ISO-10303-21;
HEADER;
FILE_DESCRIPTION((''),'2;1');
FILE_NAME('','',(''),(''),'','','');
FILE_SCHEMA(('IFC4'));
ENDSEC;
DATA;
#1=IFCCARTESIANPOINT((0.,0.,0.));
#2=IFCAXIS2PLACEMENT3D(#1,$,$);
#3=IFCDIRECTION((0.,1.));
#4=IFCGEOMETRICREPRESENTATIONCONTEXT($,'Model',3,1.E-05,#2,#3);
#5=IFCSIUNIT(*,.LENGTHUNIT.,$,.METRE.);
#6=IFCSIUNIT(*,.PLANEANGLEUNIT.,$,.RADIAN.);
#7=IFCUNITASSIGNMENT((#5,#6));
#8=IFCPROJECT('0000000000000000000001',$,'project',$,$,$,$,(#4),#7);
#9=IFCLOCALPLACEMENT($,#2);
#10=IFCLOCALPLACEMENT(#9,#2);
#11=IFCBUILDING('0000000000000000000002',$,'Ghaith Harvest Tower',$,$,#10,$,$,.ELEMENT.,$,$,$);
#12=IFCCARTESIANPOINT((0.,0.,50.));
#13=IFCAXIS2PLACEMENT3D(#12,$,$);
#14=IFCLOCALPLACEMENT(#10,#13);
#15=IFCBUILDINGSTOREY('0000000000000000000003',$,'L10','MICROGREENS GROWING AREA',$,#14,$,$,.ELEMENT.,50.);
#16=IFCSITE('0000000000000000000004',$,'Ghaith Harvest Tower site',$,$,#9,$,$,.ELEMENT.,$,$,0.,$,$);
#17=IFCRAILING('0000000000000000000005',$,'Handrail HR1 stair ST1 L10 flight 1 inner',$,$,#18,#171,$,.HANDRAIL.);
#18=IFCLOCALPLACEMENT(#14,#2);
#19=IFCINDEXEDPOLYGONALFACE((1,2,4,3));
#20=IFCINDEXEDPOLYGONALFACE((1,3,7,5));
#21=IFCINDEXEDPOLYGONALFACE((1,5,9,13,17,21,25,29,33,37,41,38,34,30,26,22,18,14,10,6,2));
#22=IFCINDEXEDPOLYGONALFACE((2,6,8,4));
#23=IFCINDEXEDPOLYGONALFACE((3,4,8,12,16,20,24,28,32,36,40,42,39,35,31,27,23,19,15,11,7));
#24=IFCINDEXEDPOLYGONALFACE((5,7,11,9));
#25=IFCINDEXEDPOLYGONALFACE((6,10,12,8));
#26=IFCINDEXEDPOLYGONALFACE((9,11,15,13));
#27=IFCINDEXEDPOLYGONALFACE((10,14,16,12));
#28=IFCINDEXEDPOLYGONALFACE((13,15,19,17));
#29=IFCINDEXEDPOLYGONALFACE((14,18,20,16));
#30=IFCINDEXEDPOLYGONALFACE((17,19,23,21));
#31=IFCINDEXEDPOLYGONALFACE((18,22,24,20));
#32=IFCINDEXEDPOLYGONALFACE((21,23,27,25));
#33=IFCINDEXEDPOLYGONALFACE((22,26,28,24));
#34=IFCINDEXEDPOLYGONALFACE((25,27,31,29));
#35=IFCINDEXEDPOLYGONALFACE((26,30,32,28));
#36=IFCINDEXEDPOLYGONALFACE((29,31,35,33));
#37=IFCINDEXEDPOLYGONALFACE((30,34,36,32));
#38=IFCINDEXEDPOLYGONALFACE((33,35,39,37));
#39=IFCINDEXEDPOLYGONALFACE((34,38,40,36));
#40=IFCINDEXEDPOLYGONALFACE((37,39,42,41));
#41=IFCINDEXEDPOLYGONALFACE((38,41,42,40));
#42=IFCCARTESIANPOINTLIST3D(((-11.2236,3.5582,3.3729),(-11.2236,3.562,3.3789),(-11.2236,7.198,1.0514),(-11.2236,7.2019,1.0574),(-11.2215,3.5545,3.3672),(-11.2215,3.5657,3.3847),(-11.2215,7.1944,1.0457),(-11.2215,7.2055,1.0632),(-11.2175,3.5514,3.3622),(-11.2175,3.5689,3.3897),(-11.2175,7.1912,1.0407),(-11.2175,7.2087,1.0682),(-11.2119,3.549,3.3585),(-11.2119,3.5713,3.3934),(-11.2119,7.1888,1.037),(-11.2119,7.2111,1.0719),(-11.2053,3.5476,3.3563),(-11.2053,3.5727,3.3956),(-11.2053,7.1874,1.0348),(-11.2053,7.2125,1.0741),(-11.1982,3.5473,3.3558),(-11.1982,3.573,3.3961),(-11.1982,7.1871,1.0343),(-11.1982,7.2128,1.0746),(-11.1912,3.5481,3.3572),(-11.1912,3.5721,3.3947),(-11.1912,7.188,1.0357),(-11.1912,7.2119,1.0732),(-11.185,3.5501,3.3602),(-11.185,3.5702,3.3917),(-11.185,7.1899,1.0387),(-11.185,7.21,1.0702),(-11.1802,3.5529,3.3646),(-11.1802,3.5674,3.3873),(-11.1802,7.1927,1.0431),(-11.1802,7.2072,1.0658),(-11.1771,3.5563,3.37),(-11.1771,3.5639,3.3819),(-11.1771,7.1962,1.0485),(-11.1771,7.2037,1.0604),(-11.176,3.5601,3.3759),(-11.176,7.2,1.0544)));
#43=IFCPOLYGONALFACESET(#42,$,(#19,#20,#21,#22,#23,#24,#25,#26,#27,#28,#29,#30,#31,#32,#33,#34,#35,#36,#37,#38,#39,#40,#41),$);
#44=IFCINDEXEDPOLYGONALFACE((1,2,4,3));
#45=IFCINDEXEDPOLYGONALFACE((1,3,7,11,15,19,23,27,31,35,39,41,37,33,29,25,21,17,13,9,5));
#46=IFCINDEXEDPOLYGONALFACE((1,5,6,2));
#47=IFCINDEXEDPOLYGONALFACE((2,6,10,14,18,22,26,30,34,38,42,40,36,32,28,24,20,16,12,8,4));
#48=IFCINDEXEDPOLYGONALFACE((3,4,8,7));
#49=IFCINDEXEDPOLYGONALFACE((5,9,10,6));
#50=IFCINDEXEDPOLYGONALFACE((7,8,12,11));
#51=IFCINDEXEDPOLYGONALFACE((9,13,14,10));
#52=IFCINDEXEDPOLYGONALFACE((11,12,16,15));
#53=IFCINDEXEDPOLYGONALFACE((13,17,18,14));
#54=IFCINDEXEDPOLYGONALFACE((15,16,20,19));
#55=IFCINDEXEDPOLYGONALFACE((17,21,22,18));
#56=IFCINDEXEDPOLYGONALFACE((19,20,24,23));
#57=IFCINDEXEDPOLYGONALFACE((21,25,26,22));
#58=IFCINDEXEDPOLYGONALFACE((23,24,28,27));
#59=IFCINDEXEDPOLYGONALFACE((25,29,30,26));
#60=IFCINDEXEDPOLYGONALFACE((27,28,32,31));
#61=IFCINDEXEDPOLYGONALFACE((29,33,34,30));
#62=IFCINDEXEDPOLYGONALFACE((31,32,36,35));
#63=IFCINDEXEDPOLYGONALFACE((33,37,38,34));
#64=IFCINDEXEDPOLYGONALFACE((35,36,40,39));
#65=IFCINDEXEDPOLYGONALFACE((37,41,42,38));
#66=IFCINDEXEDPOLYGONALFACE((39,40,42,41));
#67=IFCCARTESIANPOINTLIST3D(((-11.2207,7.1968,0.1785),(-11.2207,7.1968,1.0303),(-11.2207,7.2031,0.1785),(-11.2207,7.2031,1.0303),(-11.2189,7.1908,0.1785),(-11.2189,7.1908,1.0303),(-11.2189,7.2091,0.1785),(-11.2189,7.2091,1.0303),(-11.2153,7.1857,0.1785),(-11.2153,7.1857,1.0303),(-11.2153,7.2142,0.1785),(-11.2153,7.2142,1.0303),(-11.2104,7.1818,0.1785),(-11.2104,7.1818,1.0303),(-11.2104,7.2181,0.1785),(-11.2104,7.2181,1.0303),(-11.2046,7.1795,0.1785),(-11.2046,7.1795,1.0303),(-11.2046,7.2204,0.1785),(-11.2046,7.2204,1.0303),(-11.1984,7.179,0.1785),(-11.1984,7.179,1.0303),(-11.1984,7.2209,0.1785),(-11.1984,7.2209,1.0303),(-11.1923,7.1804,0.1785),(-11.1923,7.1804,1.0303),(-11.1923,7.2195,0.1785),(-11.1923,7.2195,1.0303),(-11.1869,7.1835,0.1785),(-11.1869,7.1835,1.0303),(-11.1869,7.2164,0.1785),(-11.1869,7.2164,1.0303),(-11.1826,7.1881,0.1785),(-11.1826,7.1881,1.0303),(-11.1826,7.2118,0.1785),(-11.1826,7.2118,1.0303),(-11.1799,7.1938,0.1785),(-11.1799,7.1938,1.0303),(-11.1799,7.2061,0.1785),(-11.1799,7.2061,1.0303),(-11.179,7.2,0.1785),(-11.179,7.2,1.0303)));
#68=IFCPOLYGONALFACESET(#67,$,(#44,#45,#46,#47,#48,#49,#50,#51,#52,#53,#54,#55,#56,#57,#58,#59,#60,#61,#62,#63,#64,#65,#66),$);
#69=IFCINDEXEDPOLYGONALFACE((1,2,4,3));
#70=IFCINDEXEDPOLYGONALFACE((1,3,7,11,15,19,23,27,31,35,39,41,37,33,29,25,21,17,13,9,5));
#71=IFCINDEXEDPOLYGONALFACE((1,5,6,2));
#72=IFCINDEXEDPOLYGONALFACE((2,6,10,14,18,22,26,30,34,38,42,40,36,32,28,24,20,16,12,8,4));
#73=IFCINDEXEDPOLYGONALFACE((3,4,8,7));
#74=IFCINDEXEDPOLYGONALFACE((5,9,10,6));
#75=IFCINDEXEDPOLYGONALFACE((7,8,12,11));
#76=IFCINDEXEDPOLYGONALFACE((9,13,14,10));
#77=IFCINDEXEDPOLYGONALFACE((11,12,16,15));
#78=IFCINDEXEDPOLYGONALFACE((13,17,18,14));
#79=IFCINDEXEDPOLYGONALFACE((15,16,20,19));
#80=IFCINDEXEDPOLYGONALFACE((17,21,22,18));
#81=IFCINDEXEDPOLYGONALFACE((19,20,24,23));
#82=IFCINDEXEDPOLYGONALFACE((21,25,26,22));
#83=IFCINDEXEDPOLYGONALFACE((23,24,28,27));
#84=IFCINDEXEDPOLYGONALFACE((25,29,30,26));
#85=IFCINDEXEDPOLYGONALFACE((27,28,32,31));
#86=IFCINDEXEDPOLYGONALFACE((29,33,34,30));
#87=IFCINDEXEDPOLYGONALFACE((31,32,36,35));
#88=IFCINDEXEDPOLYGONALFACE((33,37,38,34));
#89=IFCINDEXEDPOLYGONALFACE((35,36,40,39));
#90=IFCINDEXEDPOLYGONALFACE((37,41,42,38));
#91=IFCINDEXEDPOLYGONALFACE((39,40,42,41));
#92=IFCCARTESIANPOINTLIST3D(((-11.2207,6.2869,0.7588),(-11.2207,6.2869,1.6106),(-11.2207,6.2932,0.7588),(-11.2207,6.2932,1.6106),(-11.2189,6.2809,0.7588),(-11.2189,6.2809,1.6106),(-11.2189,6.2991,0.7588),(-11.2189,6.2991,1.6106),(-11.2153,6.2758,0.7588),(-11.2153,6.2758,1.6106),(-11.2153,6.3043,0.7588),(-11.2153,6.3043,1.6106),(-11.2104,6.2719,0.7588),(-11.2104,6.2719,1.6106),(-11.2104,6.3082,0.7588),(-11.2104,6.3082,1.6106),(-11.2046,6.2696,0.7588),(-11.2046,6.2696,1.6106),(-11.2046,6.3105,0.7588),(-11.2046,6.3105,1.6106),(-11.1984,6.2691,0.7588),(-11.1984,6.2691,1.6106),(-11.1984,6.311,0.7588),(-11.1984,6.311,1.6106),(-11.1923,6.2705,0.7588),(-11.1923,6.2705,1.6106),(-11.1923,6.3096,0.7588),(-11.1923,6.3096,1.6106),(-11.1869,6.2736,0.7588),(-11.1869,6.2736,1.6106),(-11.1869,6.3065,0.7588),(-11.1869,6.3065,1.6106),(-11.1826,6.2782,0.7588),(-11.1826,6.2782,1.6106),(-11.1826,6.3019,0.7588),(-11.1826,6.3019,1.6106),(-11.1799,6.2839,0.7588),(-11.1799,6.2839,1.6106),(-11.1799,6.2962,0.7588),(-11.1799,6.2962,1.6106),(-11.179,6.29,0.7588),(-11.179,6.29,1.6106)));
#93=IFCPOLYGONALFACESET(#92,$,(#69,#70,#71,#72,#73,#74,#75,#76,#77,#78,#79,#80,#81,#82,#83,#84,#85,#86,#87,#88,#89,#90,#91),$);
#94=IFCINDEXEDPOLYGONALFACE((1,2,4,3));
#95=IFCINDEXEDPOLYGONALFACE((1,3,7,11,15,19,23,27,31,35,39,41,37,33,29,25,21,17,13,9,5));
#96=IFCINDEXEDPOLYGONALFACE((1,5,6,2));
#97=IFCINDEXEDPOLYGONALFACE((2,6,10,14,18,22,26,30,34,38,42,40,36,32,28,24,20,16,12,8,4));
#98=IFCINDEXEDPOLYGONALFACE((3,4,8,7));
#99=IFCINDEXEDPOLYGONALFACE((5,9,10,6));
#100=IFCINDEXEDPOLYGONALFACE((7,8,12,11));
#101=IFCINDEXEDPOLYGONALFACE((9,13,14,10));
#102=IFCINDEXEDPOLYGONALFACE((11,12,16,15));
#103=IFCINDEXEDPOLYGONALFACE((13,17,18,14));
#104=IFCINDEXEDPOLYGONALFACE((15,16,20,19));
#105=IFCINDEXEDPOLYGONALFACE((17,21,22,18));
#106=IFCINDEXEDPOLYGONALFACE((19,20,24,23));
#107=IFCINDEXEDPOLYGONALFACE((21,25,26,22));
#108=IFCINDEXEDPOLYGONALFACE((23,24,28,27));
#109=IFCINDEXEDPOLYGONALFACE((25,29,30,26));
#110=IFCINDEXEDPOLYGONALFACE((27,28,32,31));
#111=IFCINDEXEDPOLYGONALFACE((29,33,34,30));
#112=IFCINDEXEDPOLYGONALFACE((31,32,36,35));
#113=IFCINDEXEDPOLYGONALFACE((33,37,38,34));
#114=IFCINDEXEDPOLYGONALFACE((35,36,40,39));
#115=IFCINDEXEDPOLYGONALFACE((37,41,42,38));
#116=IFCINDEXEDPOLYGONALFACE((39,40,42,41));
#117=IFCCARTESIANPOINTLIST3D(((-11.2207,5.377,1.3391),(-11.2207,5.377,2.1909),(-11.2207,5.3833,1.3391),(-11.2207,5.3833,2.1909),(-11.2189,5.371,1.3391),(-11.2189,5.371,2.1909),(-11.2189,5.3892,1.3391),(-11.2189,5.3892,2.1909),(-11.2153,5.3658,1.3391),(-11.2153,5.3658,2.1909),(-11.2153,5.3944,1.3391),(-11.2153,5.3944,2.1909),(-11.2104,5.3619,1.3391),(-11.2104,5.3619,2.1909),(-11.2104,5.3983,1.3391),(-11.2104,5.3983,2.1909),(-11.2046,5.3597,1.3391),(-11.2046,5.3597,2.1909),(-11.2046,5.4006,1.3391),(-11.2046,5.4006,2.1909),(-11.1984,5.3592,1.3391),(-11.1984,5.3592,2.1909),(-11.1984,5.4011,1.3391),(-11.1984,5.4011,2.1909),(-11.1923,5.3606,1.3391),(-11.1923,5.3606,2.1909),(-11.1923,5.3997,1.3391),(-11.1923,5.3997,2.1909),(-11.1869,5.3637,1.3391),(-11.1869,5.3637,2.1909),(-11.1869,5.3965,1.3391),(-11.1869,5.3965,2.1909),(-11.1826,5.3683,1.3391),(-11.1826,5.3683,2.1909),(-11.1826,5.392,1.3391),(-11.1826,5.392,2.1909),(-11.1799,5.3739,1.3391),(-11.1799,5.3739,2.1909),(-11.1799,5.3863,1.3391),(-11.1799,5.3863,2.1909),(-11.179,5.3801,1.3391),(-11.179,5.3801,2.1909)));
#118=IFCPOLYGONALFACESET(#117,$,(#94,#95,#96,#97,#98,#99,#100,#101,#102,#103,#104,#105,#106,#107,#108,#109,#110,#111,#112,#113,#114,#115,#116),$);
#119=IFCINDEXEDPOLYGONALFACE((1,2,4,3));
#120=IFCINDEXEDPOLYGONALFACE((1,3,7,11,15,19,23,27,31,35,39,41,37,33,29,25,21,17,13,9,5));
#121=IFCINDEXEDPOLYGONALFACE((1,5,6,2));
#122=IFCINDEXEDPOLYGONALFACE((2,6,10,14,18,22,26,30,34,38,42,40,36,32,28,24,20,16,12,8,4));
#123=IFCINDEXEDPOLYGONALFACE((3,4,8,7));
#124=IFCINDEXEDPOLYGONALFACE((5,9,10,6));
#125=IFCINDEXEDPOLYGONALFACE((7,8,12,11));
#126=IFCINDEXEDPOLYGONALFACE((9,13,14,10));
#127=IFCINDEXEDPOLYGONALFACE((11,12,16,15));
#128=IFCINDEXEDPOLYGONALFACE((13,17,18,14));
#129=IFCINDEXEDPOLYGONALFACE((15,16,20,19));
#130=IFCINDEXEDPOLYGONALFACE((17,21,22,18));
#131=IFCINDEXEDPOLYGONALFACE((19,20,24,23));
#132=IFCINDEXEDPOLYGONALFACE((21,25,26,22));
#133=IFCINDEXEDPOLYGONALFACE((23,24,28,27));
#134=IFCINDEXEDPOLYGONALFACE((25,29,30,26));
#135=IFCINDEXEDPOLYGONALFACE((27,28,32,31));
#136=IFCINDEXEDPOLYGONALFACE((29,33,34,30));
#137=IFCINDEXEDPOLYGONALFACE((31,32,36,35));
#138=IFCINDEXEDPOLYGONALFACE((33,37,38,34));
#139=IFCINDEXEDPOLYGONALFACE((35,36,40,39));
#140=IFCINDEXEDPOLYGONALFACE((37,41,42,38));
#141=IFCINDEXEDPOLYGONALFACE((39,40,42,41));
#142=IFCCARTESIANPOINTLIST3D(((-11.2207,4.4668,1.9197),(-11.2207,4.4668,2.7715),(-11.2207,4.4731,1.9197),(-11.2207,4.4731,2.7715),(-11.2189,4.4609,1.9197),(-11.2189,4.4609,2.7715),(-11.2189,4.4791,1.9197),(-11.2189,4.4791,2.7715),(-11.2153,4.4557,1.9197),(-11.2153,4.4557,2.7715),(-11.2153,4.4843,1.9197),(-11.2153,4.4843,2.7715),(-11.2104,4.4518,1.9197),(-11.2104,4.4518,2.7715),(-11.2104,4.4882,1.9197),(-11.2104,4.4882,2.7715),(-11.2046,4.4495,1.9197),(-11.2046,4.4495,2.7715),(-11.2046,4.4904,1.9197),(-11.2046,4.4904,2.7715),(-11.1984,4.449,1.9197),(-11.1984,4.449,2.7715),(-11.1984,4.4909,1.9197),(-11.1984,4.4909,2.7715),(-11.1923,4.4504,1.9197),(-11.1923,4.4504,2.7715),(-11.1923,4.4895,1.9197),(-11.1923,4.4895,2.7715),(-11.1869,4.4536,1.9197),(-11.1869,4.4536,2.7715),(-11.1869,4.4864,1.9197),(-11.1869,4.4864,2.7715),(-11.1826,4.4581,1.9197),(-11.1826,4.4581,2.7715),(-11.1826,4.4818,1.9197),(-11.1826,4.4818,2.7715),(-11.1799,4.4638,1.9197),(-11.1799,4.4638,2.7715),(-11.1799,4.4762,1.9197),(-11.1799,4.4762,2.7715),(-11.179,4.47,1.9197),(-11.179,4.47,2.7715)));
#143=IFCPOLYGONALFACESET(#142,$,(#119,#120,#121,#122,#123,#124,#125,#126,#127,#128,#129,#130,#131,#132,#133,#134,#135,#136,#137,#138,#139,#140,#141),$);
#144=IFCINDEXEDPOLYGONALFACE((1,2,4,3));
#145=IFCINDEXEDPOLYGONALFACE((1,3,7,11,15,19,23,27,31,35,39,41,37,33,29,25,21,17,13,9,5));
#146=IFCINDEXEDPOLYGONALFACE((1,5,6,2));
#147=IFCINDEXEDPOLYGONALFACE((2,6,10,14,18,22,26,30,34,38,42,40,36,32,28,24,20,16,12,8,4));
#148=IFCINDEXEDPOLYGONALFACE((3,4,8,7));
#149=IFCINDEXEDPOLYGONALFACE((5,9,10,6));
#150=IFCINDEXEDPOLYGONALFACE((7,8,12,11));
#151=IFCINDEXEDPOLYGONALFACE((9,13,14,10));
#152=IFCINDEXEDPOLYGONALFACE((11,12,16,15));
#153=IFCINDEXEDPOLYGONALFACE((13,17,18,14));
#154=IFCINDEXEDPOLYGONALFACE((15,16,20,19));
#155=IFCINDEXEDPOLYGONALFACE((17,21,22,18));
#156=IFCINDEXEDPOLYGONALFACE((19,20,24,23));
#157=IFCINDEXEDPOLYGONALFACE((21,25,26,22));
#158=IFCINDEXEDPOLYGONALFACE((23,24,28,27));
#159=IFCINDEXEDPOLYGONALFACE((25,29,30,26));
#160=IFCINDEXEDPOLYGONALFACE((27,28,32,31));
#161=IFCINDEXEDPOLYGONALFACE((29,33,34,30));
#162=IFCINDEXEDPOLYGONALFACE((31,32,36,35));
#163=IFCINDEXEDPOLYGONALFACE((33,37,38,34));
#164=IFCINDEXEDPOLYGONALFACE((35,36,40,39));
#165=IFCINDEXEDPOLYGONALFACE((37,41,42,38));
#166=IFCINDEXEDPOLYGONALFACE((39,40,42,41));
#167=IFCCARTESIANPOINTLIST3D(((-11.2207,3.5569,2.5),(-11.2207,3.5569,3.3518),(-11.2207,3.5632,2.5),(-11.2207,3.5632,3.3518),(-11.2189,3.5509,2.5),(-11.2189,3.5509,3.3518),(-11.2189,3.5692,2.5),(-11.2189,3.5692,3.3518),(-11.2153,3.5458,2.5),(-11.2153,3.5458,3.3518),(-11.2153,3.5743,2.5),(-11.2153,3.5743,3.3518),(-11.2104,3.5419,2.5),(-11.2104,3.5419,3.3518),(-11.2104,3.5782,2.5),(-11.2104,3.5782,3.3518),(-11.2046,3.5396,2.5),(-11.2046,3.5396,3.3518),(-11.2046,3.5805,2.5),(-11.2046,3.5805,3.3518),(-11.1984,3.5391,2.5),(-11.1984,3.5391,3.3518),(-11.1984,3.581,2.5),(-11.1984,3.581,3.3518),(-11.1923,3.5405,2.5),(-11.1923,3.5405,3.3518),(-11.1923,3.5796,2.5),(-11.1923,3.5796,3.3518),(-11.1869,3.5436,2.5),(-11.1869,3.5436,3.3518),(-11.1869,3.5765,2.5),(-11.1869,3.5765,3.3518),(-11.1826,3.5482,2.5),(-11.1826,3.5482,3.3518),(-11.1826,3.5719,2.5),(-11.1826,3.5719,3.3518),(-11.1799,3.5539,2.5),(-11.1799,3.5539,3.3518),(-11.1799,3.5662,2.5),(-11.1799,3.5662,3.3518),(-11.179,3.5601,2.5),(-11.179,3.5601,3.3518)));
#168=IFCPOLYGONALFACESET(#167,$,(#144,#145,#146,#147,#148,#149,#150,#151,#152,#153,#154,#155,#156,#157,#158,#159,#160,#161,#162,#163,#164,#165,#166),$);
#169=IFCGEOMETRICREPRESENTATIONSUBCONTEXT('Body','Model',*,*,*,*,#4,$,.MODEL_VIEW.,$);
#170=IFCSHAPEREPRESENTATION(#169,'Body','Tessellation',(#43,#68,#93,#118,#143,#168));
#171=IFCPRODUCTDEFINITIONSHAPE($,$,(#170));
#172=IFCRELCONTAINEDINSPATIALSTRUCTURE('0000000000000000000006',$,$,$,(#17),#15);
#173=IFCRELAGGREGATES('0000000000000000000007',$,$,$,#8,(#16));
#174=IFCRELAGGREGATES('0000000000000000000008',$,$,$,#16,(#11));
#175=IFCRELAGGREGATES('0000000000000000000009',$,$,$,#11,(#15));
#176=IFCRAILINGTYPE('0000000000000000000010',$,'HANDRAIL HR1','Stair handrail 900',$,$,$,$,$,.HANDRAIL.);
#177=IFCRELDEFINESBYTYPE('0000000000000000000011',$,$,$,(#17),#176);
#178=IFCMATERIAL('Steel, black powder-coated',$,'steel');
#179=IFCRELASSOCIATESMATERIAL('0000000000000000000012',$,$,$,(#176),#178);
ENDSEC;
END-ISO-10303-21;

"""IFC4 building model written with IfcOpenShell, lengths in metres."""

from ifc_helpers import new_model, si_unit, direction, frame, origin, origin_2d, place, context, subcontext, project, spatial, circle, extrude, material, type_object, element, save


model = new_model("IFC4")

# Units and contexts
model_context = context("Model", 3, precision=1e-05, world=origin(), true_north=direction((0.0, 1.0)))
body_context = subcontext(model_context, "Body", "Model", "MODEL_VIEW")
ifc_project = project(units=[si_unit("LENGTHUNIT", "METRE"), si_unit("PLANEANGLEUNIT", "RADIAN")], contexts=[model_context])

# Site, building, storey
site_placement = place(None, origin())
site = spatial("IfcSite", under=ifc_project, at=site_placement, Name="Ghaith Harvest Tower site", CompositionType="ELEMENT", RefElevation=0.0)
building_placement = place(site_placement, origin())
building = spatial("IfcBuilding", under=site, at=building_placement, Name="Ghaith Harvest Tower", CompositionType="ELEMENT")
storey_placement = place(building_placement, frame((0.0, 0.0, 50.0)))
storey = spatial("IfcBuildingStorey", under=building, at=storey_placement, Name="L10", Description="MICROGREENS GROWING AREA", CompositionType="ELEMENT", Elevation=50.0)

# Railing
ifc_material_1 = material(Name="Steel, black powder-coated", Category="steel")
railing_type = type_object("IfcRailingType", Name="HANDRAIL HR1", Description="Stair handrail 900", PredefinedType="HANDRAIL", material=ifc_material_1)
railing_1_placement = place(storey_placement, frame((-11.2, 7.2, 0.1785)))
element("IfcRailing", 1, at=railing_1_placement, inside=storey, type_object=railing_type, Name="Handrail HR1 stair ST1 L10 flight 1 inner", PredefinedType="HANDRAIL", context=body_context, shape_type="SweptSolid", body=[
    extrude(circle(Radius=0.0239, at=origin_2d()), frame((0.0, 0.0, 0.876), z_axis=(0.0, -0.843112, 0.537739), x_axis=(1.0, 0.0, 0.0)), (0.0, 0.0, 1.0), 4.3171),
    extrude(circle(Radius=0.021, at=origin_2d()), origin(), (0.0, 0.0, 1.0), 0.8518),
    extrude(circle(Radius=0.021, at=origin_2d()), frame((0.0, -0.9099, 0.5803)), (0.0, 0.0, 1.0), 0.8518),
    extrude(circle(Radius=0.021, at=origin_2d()), frame((0.0, -1.8198, 1.1606)), (0.0, 0.0, 1.0), 0.8518),
    extrude(circle(Radius=0.021, at=origin_2d()), frame((0.0, -2.73, 1.7412)), (0.0, 0.0, 1.0), 0.8518),
    extrude(circle(Radius=0.021, at=origin_2d()), frame((0.0, -3.6399, 2.3215)), (0.0, 0.0, 1.0), 0.8518),
])

save(model, "model.ifc")
